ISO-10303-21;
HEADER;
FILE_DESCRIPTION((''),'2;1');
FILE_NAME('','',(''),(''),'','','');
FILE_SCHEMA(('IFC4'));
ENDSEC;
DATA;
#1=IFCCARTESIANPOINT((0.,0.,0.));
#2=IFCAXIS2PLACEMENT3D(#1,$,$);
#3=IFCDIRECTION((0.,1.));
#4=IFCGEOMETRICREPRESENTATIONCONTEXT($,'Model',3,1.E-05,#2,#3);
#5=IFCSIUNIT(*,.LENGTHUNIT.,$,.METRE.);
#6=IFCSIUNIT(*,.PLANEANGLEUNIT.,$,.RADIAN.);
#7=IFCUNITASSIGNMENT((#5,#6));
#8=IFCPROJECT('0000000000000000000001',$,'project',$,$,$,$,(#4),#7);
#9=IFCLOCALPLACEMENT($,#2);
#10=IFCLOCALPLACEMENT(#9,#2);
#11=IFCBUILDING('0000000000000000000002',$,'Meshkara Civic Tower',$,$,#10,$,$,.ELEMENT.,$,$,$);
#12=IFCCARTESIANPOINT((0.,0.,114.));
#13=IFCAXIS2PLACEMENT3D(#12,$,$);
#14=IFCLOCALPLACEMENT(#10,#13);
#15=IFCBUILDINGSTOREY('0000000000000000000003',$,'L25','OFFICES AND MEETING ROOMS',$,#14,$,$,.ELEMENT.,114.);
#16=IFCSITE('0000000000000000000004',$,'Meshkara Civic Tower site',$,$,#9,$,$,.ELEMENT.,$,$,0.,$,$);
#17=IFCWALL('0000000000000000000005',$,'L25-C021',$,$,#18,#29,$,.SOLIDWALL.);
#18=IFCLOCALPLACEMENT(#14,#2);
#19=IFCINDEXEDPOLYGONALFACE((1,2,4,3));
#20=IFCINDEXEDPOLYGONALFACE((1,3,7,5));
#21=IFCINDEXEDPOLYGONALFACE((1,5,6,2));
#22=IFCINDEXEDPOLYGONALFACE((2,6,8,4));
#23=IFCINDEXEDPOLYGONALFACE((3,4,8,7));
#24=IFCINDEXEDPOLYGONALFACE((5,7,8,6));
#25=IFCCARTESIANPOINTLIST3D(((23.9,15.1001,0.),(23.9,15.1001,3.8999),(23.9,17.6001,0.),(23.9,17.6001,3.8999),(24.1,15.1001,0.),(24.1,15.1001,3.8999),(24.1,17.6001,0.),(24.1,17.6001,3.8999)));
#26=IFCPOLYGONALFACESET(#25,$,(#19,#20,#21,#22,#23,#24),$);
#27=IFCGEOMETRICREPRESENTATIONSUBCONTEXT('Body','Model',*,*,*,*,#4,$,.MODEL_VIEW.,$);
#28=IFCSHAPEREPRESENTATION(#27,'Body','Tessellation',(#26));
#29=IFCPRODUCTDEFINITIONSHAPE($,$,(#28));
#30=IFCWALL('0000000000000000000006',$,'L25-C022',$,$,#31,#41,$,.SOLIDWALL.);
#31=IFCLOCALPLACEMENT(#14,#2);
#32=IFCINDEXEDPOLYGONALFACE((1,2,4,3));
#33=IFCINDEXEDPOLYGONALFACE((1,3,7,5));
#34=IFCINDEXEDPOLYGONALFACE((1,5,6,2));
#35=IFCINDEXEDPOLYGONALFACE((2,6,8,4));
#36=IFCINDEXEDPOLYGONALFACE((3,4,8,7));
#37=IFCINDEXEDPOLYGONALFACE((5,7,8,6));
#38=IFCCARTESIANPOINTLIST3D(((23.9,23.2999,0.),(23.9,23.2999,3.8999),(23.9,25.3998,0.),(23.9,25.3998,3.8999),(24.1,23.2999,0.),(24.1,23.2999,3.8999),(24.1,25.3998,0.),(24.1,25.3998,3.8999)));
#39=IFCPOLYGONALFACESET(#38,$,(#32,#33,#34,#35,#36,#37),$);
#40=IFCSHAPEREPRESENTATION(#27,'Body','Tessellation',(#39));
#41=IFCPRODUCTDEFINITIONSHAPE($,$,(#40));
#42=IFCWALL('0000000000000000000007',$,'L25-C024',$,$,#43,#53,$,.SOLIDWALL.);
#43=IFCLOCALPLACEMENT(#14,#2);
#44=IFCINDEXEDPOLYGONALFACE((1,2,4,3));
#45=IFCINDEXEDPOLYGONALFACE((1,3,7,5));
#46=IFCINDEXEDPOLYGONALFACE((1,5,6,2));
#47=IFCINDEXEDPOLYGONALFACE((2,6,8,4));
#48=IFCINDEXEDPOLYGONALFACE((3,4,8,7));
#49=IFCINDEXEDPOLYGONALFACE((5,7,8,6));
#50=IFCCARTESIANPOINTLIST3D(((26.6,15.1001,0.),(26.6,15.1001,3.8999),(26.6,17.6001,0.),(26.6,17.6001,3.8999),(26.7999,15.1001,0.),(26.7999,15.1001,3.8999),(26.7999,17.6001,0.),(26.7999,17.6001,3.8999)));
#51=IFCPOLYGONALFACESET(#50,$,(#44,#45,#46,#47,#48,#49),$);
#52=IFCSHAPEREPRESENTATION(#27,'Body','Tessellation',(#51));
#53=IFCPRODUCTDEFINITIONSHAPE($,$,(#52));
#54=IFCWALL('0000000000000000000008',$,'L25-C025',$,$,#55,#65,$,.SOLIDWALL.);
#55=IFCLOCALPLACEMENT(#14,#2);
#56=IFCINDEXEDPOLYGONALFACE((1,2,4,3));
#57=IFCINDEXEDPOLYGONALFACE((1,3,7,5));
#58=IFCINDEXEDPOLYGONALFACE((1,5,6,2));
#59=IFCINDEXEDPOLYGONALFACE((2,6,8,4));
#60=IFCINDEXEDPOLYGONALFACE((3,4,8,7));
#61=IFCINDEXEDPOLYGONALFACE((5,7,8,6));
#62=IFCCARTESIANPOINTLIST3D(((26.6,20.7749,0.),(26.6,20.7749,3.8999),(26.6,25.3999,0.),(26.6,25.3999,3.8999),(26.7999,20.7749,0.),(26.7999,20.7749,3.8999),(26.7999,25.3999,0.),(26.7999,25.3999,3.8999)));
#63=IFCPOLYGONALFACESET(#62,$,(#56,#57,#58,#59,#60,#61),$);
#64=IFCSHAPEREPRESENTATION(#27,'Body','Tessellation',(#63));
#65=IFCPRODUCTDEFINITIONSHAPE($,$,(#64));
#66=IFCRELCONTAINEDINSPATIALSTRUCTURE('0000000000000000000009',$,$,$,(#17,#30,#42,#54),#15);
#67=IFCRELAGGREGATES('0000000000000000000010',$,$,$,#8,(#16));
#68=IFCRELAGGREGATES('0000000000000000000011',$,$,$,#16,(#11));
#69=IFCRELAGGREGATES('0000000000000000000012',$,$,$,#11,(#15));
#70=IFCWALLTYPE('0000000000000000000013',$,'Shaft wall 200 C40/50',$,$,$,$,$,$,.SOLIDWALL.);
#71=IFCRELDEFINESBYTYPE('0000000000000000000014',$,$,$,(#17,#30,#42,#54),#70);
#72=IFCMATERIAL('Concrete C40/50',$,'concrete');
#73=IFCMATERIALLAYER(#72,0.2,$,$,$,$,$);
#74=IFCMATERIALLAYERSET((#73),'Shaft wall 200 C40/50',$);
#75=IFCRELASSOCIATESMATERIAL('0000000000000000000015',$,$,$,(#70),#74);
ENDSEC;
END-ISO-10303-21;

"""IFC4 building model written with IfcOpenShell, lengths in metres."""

from ifc_helpers import new_model, si_unit, direction, frame, frame_2d, origin, place, context, subcontext, project, spatial, rectangle, extrude, material, layer, layer_set, type_object, element, save


model = new_model("IFC4")

# Units and contexts
model_context = context("Model", 3, precision=1e-05, world=origin(), true_north=direction((0.0, 1.0)))
body_context = subcontext(model_context, "Body", "Model", "MODEL_VIEW")
ifc_project = project(units=[si_unit("LENGTHUNIT", "METRE"), si_unit("PLANEANGLEUNIT", "RADIAN")], contexts=[model_context])

# Site, building, storey
site_placement = place(None, origin())
site = spatial("IfcSite", under=ifc_project, at=site_placement, Name="Meshkara Civic Tower site", CompositionType="ELEMENT", RefElevation=0.0)
building_placement = place(site_placement, origin())
building = spatial("IfcBuilding", under=site, at=building_placement, Name="Meshkara Civic Tower", CompositionType="ELEMENT")
storey_placement = place(building_placement, frame((0.0, 0.0, 114.0)))
storey = spatial("IfcBuildingStorey", under=building, at=storey_placement, Name="L25", Description="OFFICES AND MEETING ROOMS", CompositionType="ELEMENT", Elevation=114.0)

# Shared definitions
ifc_material_1 = material(Name="Concrete C40/50", Category="concrete")
ifc_layer_1 = layer(ifc_material_1, 0.2)
ifc_layer_set_1 = layer_set([ifc_layer_1], Name="Shaft wall 200 C40/50")
wall_type_1 = type_object("IfcWallType", Name="Shaft wall 200 C40/50", PredefinedType="SOLIDWALL", material=ifc_layer_set_1)

# Walls
wall_1_placement = place(storey_placement, frame((24.0, 15.1001, 0.0), z_axis=(0.0, 0.0, 1.0), x_axis=(0.0, 1.0, 0.0)))
element("IfcWall", 1, at=wall_1_placement, inside=storey, type_object=wall_type_1, Name="L25-C021", PredefinedType="SOLIDWALL", context=body_context, shape_type="SweptSolid", body=[
    extrude(rectangle(XDim=2.5, YDim=0.2, at=frame_2d((1.25, 0.0))), origin(), (0.0, 0.0, 1.0), 3.8999),
])
wall_2_placement = place(storey_placement, frame((24.0, 23.3, 0.0), z_axis=(0.0, 0.0, 1.0), x_axis=(0.0, 1.0, 0.0)))
element("IfcWall", 2, at=wall_2_placement, inside=storey, type_object=wall_type_1, Name="L25-C022", PredefinedType="SOLIDWALL", context=body_context, shape_type="SweptSolid", body=[
    extrude(rectangle(XDim=2.0999, YDim=0.2, at=frame_2d((1.0498, 0.0))), origin(), (0.0, 0.0, 1.0), 3.8999),
])
wall_3_placement = place(storey_placement, frame((26.7, 15.1001, 0.0), z_axis=(0.0, 0.0, 1.0), x_axis=(0.0, 1.0, 0.0)))
element("IfcWall", 3, at=wall_3_placement, inside=storey, type_object=wall_type_1, Name="L25-C024", PredefinedType="SOLIDWALL", context=body_context, shape_type="SweptSolid", body=[
    extrude(rectangle(XDim=2.5, YDim=0.2, at=frame_2d((1.25, 0.0))), origin(), (0.0, 0.0, 1.0), 3.8999),
])
wall_4_placement = place(storey_placement, frame((26.7, 20.7749, 0.0), z_axis=(0.0, 0.0, 1.0), x_axis=(0.0, 1.0, 0.0)))
element("IfcWall", 4, at=wall_4_placement, inside=storey, type_object=wall_type_1, Name="L25-C025", PredefinedType="SOLIDWALL", context=body_context, shape_type="SweptSolid", body=[
    extrude(rectangle(XDim=4.625, YDim=0.2, at=frame_2d((2.3125, 0.0))), origin(), (0.0, 0.0, 1.0), 3.8999),
])

save(model, "model.ifc")
